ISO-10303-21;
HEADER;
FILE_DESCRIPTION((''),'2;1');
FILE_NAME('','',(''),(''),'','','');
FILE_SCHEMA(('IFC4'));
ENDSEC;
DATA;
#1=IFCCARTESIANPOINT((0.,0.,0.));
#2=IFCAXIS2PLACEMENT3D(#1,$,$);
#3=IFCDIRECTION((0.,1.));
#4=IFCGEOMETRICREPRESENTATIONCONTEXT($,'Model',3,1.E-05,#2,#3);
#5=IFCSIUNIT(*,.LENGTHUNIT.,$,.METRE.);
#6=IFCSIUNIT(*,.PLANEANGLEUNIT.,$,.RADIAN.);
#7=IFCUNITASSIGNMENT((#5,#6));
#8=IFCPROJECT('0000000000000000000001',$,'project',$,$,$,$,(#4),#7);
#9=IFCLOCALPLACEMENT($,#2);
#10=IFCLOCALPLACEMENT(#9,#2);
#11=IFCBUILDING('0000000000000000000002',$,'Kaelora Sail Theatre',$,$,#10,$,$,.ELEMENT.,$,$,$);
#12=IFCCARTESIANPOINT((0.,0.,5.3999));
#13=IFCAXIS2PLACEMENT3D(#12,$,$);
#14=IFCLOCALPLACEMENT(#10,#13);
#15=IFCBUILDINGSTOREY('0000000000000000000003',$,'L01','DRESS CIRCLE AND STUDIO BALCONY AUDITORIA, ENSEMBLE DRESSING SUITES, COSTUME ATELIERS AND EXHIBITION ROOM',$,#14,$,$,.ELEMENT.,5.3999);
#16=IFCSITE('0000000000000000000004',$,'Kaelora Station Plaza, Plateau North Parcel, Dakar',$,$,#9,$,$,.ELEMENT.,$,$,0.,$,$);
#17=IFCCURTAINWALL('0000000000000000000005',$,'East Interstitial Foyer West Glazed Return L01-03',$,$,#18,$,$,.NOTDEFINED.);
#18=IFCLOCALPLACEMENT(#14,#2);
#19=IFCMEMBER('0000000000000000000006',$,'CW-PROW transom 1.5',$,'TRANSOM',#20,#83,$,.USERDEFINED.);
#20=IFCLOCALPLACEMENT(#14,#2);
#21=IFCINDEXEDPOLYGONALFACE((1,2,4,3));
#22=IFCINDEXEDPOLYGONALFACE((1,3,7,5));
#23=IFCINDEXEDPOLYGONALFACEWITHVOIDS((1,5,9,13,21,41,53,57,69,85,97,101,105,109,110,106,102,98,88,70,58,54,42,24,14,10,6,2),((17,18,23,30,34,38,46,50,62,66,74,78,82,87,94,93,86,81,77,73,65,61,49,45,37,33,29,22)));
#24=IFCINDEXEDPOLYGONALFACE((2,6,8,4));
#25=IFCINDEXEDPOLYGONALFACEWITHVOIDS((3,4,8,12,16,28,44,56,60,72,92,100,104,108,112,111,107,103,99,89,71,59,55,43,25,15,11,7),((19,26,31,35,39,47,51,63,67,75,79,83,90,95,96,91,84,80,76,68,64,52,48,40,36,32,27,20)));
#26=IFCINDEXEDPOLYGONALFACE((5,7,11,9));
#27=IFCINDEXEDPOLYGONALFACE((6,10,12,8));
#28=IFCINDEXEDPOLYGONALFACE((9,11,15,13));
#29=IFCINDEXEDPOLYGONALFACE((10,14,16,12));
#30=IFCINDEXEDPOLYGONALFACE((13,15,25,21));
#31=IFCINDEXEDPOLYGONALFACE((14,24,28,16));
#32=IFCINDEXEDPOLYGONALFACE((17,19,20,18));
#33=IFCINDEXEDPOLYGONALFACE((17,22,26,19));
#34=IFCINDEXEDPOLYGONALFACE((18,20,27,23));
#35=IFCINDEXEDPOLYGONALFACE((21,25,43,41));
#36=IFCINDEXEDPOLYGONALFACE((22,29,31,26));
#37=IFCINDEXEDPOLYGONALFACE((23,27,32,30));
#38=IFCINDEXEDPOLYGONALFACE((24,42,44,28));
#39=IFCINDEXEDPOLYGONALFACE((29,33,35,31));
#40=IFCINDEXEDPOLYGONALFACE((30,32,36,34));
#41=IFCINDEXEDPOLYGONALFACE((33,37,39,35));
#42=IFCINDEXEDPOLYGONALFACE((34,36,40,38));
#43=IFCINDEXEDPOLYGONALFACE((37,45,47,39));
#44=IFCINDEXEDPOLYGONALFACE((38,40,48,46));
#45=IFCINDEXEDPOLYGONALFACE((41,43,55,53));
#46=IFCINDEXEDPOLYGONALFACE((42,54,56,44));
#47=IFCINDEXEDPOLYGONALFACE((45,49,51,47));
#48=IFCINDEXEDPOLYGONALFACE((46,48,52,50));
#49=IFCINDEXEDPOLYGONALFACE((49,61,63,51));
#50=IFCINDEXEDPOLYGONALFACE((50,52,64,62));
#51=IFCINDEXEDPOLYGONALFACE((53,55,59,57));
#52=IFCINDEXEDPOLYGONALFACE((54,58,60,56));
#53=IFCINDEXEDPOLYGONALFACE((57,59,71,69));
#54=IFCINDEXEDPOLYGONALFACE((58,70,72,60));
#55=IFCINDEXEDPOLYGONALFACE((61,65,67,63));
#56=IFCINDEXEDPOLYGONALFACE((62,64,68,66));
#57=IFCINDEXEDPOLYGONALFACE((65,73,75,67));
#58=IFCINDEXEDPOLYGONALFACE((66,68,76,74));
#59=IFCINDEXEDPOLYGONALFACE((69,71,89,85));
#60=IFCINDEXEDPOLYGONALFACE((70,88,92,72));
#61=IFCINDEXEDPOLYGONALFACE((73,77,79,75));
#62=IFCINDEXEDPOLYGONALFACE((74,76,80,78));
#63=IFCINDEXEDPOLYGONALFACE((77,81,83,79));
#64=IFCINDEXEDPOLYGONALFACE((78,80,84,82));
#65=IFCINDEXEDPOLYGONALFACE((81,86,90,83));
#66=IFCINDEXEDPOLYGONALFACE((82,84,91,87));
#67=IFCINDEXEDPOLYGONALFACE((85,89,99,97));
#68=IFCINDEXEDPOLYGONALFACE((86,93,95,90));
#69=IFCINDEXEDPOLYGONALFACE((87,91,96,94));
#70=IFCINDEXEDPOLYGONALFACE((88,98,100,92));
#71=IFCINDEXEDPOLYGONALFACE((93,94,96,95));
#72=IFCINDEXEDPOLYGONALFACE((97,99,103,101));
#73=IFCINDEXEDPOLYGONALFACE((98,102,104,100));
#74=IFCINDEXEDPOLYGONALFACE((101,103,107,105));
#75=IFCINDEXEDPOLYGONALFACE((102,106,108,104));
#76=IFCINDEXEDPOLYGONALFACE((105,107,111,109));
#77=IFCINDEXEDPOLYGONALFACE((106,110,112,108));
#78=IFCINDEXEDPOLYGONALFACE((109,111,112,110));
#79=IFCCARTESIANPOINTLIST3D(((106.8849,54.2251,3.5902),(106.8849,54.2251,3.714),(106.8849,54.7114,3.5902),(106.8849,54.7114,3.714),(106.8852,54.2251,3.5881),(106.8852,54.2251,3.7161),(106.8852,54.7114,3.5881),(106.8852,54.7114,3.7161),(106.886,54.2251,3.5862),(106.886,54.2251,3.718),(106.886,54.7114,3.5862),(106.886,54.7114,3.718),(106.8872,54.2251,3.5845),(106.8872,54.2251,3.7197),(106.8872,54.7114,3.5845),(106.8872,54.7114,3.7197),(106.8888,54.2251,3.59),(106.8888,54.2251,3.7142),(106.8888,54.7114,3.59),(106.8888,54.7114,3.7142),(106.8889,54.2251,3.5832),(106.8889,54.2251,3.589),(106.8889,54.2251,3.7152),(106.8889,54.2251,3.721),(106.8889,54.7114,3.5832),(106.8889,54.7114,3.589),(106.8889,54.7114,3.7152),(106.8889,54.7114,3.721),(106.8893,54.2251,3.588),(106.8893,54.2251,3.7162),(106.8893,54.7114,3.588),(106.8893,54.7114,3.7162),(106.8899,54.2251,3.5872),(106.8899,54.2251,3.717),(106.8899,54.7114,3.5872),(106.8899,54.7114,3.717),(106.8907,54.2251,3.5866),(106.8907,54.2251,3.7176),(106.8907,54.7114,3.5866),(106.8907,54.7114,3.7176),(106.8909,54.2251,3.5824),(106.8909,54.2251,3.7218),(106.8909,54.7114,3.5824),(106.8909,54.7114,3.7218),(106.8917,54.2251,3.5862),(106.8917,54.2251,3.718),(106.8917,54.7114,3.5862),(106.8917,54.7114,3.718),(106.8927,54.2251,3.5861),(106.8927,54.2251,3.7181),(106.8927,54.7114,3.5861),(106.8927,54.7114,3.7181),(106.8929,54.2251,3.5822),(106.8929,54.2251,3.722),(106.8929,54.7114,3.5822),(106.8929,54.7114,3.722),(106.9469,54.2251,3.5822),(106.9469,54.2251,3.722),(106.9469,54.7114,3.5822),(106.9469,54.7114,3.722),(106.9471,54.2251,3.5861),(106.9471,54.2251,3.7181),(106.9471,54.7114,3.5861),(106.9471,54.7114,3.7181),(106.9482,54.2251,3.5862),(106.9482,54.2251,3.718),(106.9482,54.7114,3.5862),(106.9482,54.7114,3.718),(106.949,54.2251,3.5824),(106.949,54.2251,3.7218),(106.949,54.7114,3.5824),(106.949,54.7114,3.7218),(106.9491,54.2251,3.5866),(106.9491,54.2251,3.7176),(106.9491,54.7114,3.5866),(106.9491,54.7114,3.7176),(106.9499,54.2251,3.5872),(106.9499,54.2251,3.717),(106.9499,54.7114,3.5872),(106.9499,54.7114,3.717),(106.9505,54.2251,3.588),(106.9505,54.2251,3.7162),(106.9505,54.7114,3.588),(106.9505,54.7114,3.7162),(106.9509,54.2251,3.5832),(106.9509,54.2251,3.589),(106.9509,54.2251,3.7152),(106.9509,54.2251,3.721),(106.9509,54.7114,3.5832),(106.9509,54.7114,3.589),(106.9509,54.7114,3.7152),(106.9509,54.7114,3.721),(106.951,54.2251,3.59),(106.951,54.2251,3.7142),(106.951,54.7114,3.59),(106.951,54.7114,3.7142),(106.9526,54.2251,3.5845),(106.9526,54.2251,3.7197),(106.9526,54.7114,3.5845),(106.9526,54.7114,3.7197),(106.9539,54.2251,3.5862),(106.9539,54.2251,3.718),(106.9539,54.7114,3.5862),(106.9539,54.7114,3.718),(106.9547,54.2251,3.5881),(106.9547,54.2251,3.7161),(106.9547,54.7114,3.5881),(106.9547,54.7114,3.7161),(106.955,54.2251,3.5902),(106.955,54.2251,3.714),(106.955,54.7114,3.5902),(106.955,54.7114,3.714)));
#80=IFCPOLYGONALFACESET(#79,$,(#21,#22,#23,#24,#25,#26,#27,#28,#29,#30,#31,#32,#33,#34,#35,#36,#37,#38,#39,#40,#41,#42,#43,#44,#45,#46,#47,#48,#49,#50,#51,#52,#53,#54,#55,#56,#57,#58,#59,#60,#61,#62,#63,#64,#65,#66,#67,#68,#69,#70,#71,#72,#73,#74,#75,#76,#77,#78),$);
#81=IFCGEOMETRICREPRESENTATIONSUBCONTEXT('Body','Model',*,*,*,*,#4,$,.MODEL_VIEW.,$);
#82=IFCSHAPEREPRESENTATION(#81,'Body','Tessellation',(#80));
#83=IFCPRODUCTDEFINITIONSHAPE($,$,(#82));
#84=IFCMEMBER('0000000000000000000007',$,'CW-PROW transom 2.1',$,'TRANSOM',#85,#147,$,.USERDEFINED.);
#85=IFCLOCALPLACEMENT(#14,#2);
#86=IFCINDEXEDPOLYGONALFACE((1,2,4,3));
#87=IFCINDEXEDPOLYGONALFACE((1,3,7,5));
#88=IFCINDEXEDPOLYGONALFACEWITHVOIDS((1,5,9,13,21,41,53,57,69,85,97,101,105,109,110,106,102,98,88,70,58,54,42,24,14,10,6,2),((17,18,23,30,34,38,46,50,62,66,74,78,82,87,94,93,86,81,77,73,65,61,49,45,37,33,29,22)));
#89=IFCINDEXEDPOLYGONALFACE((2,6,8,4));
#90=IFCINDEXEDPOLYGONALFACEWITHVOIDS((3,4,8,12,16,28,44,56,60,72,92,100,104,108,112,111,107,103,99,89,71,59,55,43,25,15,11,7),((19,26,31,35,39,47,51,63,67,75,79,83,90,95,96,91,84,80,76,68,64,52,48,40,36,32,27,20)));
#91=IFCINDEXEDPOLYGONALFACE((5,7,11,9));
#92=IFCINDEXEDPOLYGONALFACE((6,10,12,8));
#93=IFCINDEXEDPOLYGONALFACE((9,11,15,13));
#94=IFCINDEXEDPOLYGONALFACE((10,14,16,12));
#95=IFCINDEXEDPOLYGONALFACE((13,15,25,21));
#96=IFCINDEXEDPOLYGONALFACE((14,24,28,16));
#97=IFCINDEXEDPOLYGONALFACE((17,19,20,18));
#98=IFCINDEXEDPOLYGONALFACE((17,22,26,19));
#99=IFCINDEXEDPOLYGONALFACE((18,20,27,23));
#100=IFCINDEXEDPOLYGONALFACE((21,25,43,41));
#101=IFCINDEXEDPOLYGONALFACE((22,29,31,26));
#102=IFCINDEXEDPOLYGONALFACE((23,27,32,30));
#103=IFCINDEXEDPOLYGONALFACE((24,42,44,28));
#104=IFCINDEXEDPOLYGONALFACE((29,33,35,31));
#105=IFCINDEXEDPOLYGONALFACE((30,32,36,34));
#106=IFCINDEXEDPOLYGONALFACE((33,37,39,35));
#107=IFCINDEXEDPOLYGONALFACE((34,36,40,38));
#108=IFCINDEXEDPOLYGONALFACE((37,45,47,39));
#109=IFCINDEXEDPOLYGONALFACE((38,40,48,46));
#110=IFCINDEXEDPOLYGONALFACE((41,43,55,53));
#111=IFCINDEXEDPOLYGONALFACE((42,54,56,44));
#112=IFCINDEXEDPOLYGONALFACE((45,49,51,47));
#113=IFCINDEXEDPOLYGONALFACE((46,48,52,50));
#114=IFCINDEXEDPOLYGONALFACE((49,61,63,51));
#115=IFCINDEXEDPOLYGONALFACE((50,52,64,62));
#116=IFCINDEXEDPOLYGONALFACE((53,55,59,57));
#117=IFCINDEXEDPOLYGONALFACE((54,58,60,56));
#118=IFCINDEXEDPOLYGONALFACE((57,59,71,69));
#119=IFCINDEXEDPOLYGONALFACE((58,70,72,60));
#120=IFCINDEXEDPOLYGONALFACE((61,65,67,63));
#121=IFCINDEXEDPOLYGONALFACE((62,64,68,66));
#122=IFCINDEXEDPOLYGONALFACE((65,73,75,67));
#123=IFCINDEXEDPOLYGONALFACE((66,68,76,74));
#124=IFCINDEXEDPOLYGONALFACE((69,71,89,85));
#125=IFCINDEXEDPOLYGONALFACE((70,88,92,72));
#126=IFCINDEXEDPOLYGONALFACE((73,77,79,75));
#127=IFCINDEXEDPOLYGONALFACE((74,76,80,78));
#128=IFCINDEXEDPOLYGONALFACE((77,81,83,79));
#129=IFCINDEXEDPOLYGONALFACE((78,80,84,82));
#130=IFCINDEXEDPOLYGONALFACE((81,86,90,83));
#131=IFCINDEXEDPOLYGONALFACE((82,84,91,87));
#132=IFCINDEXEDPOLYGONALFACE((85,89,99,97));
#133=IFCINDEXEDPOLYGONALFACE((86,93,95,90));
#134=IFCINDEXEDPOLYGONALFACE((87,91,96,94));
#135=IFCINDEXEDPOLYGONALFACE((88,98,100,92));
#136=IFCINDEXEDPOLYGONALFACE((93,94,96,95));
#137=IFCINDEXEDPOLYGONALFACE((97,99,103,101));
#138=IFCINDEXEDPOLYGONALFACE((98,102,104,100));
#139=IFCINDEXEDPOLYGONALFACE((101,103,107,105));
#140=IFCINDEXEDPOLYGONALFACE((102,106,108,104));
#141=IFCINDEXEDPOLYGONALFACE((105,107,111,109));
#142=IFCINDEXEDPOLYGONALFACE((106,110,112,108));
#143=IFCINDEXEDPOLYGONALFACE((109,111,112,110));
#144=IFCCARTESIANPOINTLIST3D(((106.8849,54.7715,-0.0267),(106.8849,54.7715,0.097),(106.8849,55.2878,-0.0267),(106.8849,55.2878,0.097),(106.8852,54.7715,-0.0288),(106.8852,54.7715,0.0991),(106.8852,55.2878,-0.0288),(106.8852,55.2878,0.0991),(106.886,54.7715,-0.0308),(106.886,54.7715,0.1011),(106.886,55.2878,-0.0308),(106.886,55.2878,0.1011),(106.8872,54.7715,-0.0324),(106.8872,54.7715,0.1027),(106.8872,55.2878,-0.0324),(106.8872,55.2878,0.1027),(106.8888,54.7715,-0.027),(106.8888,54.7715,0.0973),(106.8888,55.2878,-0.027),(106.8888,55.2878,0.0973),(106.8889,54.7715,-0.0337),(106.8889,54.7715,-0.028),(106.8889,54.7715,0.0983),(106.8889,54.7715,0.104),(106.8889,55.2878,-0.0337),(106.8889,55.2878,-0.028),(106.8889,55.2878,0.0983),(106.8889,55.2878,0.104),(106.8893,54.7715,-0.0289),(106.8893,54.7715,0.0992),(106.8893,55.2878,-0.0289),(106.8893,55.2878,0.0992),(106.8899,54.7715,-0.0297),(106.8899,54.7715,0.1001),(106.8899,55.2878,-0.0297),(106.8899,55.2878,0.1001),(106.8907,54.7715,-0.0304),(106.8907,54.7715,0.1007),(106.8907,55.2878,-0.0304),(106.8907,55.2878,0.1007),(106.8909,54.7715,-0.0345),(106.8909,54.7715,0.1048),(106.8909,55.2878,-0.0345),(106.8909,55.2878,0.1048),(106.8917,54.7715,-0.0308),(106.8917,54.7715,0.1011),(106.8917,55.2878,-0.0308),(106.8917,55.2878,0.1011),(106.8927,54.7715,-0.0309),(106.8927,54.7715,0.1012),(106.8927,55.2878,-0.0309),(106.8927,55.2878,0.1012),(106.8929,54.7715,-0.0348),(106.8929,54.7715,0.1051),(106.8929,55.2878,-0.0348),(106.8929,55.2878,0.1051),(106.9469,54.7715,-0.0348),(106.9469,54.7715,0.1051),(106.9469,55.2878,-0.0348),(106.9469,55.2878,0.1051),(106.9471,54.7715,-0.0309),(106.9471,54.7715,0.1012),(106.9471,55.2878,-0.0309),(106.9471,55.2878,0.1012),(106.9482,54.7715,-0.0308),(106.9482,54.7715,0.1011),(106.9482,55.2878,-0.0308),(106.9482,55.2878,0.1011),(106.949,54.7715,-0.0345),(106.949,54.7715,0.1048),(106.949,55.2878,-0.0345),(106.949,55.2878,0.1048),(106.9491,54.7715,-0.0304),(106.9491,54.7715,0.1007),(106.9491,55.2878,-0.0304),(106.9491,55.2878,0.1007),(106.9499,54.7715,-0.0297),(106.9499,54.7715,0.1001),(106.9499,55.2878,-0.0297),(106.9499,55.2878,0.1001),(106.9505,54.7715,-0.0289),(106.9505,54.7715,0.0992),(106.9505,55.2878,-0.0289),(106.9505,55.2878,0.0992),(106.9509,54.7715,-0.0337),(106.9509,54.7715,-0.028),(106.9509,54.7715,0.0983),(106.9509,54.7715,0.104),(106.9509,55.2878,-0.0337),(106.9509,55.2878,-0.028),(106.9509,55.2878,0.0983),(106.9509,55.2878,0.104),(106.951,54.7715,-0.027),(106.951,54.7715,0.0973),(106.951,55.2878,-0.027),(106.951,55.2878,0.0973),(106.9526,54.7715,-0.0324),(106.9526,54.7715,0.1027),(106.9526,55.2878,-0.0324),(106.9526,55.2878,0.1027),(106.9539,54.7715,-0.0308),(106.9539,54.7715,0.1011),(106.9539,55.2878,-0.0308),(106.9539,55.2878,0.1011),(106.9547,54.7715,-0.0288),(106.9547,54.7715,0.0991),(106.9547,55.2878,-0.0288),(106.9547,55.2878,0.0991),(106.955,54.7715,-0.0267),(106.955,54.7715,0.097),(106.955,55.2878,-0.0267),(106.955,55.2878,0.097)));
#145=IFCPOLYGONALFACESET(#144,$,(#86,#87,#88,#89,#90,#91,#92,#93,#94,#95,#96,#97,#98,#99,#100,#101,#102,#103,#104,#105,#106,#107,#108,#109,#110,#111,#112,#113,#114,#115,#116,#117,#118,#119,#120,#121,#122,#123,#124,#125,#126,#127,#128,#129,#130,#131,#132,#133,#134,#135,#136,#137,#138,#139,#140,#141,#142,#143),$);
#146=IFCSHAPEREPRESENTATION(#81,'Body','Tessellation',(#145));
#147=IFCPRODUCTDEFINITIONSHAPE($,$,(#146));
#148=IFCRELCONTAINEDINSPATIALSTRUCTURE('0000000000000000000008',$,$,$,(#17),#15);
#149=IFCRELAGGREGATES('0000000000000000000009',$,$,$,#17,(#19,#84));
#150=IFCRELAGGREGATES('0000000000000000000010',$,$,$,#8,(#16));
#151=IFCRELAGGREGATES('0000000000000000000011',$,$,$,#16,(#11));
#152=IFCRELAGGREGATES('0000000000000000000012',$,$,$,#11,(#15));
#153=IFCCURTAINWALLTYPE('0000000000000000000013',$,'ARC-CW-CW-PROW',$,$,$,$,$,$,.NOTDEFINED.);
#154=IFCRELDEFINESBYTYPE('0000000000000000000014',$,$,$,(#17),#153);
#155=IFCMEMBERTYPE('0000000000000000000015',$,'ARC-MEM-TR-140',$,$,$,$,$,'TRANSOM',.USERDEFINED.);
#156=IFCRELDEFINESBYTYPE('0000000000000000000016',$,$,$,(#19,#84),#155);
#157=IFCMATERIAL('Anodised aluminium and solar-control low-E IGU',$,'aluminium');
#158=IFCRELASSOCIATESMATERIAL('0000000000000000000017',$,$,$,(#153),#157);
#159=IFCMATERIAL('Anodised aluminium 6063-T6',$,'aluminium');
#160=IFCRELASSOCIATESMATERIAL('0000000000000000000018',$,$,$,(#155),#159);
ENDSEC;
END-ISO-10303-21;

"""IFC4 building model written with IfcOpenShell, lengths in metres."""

from ifc_helpers import new_model, si_unit, direction, frame, origin, origin_2d, place, context, subcontext, project, spatial, hollow_rectangle, extrude, material, material_profile, profile_set, type_object, element, aggregate, save


model = new_model("IFC4")

# Units and contexts
model_context = context("Model", 3, precision=1e-05, world=origin(), true_north=direction((0.0, 1.0)))
body_context = subcontext(model_context, "Body", "Model", "MODEL_VIEW")
ifc_project = project(units=[si_unit("LENGTHUNIT", "METRE"), si_unit("PLANEANGLEUNIT", "RADIAN")], contexts=[model_context])

# Site, building, storey
site_placement = place(None, origin())
site = spatial("IfcSite", under=ifc_project, at=site_placement, Name="Kaelora Station Plaza, Plateau North Parcel, Dakar", CompositionType="ELEMENT", RefElevation=0.0)
building_placement = place(site_placement, origin())
building = spatial("IfcBuilding", under=site, at=building_placement, Name="Kaelora Sail Theatre", CompositionType="ELEMENT")
storey_placement = place(building_placement, frame((0.0, 0.0, 5.3999)))
storey = spatial("IfcBuildingStorey", under=building, at=storey_placement, Name="L01", Description="DRESS CIRCLE AND STUDIO BALCONY AUDITORIA, ENSEMBLE DRESSING SUITES, COSTUME ATELIERS AND EXHIBITION ROOM", CompositionType="ELEMENT", Elevation=5.3999)

# Curtain wall, members
ifc_material_1 = material(Name="Anodised aluminium and solar-control low-E IGU", Category="aluminium")
curtain_wall_type = type_object("IfcCurtainWallType", Name="ARC-CW-CW-PROW", PredefinedType="NOTDEFINED", material=ifc_material_1)
curtain_wall_placement = place(storey_placement, origin())
curtain_wall = element("IfcCurtainWall", 1, at=curtain_wall_placement, inside=storey, type_object=curtain_wall_type, Name="East Interstitial Foyer West Glazed Return L01-03", PredefinedType="NOTDEFINED")
ifc_material_2 = material(Name="Anodised aluminium 6063-T6", Category="aluminium")
ifc_material_profile_1 = material_profile(ifc_material_2, hollow_rectangle(XDim=0.0701, YDim=0.1399, WallThickness=0.0039, InnerFilletRadius=0.0039, OuterFilletRadius=0.0081, at=origin_2d()), Name="ALU-TRAN 70x140x4")
ifc_profile_set_1 = profile_set([ifc_material_profile_1], Name="Anodised aluminium 6063-T6")
member_type_1 = type_object("IfcMemberType", Name="ARC-MEM-TR-140", ElementType="TRANSOM", PredefinedType="USERDEFINED", material=ifc_profile_set_1)
member_1_placement = place(storey_placement, frame((106.9199, 54.2251, 3.6521), z_axis=(0.0, 1.0, 0.0), x_axis=(-1.0, 0.0, 0.0)))
member_1 = element("IfcMember", 2, at=member_1_placement, type_object=member_type_1, Name="CW-PROW transom 1.5", ObjectType="TRANSOM", PredefinedType="USERDEFINED", context=body_context, shape_type="SweptSolid", body=[
    extrude(hollow_rectangle(XDim=0.0701, YDim=0.1399, WallThickness=0.0039, InnerFilletRadius=0.0039, OuterFilletRadius=0.0081, at=origin_2d()), origin(), (0.0, 0.0, 1.0), 0.4863),
])
member_2_placement = place(storey_placement, frame((106.9199, 54.7715, 0.0352), z_axis=(0.0, 1.0, 0.0), x_axis=(-1.0, 0.0, 0.0)))
member_2 = element("IfcMember", 3, at=member_2_placement, type_object=member_type_1, Name="CW-PROW transom 2.1", ObjectType="TRANSOM", PredefinedType="USERDEFINED", context=body_context, shape_type="SweptSolid", body=[
    extrude(hollow_rectangle(XDim=0.0701, YDim=0.1399, WallThickness=0.0039, InnerFilletRadius=0.0039, OuterFilletRadius=0.0081, at=origin_2d()), origin(), (0.0, 0.0, 1.0), 0.5164),
])

aggregate(curtain_wall, [member_1, member_2])

save(model, "model.ifc")
